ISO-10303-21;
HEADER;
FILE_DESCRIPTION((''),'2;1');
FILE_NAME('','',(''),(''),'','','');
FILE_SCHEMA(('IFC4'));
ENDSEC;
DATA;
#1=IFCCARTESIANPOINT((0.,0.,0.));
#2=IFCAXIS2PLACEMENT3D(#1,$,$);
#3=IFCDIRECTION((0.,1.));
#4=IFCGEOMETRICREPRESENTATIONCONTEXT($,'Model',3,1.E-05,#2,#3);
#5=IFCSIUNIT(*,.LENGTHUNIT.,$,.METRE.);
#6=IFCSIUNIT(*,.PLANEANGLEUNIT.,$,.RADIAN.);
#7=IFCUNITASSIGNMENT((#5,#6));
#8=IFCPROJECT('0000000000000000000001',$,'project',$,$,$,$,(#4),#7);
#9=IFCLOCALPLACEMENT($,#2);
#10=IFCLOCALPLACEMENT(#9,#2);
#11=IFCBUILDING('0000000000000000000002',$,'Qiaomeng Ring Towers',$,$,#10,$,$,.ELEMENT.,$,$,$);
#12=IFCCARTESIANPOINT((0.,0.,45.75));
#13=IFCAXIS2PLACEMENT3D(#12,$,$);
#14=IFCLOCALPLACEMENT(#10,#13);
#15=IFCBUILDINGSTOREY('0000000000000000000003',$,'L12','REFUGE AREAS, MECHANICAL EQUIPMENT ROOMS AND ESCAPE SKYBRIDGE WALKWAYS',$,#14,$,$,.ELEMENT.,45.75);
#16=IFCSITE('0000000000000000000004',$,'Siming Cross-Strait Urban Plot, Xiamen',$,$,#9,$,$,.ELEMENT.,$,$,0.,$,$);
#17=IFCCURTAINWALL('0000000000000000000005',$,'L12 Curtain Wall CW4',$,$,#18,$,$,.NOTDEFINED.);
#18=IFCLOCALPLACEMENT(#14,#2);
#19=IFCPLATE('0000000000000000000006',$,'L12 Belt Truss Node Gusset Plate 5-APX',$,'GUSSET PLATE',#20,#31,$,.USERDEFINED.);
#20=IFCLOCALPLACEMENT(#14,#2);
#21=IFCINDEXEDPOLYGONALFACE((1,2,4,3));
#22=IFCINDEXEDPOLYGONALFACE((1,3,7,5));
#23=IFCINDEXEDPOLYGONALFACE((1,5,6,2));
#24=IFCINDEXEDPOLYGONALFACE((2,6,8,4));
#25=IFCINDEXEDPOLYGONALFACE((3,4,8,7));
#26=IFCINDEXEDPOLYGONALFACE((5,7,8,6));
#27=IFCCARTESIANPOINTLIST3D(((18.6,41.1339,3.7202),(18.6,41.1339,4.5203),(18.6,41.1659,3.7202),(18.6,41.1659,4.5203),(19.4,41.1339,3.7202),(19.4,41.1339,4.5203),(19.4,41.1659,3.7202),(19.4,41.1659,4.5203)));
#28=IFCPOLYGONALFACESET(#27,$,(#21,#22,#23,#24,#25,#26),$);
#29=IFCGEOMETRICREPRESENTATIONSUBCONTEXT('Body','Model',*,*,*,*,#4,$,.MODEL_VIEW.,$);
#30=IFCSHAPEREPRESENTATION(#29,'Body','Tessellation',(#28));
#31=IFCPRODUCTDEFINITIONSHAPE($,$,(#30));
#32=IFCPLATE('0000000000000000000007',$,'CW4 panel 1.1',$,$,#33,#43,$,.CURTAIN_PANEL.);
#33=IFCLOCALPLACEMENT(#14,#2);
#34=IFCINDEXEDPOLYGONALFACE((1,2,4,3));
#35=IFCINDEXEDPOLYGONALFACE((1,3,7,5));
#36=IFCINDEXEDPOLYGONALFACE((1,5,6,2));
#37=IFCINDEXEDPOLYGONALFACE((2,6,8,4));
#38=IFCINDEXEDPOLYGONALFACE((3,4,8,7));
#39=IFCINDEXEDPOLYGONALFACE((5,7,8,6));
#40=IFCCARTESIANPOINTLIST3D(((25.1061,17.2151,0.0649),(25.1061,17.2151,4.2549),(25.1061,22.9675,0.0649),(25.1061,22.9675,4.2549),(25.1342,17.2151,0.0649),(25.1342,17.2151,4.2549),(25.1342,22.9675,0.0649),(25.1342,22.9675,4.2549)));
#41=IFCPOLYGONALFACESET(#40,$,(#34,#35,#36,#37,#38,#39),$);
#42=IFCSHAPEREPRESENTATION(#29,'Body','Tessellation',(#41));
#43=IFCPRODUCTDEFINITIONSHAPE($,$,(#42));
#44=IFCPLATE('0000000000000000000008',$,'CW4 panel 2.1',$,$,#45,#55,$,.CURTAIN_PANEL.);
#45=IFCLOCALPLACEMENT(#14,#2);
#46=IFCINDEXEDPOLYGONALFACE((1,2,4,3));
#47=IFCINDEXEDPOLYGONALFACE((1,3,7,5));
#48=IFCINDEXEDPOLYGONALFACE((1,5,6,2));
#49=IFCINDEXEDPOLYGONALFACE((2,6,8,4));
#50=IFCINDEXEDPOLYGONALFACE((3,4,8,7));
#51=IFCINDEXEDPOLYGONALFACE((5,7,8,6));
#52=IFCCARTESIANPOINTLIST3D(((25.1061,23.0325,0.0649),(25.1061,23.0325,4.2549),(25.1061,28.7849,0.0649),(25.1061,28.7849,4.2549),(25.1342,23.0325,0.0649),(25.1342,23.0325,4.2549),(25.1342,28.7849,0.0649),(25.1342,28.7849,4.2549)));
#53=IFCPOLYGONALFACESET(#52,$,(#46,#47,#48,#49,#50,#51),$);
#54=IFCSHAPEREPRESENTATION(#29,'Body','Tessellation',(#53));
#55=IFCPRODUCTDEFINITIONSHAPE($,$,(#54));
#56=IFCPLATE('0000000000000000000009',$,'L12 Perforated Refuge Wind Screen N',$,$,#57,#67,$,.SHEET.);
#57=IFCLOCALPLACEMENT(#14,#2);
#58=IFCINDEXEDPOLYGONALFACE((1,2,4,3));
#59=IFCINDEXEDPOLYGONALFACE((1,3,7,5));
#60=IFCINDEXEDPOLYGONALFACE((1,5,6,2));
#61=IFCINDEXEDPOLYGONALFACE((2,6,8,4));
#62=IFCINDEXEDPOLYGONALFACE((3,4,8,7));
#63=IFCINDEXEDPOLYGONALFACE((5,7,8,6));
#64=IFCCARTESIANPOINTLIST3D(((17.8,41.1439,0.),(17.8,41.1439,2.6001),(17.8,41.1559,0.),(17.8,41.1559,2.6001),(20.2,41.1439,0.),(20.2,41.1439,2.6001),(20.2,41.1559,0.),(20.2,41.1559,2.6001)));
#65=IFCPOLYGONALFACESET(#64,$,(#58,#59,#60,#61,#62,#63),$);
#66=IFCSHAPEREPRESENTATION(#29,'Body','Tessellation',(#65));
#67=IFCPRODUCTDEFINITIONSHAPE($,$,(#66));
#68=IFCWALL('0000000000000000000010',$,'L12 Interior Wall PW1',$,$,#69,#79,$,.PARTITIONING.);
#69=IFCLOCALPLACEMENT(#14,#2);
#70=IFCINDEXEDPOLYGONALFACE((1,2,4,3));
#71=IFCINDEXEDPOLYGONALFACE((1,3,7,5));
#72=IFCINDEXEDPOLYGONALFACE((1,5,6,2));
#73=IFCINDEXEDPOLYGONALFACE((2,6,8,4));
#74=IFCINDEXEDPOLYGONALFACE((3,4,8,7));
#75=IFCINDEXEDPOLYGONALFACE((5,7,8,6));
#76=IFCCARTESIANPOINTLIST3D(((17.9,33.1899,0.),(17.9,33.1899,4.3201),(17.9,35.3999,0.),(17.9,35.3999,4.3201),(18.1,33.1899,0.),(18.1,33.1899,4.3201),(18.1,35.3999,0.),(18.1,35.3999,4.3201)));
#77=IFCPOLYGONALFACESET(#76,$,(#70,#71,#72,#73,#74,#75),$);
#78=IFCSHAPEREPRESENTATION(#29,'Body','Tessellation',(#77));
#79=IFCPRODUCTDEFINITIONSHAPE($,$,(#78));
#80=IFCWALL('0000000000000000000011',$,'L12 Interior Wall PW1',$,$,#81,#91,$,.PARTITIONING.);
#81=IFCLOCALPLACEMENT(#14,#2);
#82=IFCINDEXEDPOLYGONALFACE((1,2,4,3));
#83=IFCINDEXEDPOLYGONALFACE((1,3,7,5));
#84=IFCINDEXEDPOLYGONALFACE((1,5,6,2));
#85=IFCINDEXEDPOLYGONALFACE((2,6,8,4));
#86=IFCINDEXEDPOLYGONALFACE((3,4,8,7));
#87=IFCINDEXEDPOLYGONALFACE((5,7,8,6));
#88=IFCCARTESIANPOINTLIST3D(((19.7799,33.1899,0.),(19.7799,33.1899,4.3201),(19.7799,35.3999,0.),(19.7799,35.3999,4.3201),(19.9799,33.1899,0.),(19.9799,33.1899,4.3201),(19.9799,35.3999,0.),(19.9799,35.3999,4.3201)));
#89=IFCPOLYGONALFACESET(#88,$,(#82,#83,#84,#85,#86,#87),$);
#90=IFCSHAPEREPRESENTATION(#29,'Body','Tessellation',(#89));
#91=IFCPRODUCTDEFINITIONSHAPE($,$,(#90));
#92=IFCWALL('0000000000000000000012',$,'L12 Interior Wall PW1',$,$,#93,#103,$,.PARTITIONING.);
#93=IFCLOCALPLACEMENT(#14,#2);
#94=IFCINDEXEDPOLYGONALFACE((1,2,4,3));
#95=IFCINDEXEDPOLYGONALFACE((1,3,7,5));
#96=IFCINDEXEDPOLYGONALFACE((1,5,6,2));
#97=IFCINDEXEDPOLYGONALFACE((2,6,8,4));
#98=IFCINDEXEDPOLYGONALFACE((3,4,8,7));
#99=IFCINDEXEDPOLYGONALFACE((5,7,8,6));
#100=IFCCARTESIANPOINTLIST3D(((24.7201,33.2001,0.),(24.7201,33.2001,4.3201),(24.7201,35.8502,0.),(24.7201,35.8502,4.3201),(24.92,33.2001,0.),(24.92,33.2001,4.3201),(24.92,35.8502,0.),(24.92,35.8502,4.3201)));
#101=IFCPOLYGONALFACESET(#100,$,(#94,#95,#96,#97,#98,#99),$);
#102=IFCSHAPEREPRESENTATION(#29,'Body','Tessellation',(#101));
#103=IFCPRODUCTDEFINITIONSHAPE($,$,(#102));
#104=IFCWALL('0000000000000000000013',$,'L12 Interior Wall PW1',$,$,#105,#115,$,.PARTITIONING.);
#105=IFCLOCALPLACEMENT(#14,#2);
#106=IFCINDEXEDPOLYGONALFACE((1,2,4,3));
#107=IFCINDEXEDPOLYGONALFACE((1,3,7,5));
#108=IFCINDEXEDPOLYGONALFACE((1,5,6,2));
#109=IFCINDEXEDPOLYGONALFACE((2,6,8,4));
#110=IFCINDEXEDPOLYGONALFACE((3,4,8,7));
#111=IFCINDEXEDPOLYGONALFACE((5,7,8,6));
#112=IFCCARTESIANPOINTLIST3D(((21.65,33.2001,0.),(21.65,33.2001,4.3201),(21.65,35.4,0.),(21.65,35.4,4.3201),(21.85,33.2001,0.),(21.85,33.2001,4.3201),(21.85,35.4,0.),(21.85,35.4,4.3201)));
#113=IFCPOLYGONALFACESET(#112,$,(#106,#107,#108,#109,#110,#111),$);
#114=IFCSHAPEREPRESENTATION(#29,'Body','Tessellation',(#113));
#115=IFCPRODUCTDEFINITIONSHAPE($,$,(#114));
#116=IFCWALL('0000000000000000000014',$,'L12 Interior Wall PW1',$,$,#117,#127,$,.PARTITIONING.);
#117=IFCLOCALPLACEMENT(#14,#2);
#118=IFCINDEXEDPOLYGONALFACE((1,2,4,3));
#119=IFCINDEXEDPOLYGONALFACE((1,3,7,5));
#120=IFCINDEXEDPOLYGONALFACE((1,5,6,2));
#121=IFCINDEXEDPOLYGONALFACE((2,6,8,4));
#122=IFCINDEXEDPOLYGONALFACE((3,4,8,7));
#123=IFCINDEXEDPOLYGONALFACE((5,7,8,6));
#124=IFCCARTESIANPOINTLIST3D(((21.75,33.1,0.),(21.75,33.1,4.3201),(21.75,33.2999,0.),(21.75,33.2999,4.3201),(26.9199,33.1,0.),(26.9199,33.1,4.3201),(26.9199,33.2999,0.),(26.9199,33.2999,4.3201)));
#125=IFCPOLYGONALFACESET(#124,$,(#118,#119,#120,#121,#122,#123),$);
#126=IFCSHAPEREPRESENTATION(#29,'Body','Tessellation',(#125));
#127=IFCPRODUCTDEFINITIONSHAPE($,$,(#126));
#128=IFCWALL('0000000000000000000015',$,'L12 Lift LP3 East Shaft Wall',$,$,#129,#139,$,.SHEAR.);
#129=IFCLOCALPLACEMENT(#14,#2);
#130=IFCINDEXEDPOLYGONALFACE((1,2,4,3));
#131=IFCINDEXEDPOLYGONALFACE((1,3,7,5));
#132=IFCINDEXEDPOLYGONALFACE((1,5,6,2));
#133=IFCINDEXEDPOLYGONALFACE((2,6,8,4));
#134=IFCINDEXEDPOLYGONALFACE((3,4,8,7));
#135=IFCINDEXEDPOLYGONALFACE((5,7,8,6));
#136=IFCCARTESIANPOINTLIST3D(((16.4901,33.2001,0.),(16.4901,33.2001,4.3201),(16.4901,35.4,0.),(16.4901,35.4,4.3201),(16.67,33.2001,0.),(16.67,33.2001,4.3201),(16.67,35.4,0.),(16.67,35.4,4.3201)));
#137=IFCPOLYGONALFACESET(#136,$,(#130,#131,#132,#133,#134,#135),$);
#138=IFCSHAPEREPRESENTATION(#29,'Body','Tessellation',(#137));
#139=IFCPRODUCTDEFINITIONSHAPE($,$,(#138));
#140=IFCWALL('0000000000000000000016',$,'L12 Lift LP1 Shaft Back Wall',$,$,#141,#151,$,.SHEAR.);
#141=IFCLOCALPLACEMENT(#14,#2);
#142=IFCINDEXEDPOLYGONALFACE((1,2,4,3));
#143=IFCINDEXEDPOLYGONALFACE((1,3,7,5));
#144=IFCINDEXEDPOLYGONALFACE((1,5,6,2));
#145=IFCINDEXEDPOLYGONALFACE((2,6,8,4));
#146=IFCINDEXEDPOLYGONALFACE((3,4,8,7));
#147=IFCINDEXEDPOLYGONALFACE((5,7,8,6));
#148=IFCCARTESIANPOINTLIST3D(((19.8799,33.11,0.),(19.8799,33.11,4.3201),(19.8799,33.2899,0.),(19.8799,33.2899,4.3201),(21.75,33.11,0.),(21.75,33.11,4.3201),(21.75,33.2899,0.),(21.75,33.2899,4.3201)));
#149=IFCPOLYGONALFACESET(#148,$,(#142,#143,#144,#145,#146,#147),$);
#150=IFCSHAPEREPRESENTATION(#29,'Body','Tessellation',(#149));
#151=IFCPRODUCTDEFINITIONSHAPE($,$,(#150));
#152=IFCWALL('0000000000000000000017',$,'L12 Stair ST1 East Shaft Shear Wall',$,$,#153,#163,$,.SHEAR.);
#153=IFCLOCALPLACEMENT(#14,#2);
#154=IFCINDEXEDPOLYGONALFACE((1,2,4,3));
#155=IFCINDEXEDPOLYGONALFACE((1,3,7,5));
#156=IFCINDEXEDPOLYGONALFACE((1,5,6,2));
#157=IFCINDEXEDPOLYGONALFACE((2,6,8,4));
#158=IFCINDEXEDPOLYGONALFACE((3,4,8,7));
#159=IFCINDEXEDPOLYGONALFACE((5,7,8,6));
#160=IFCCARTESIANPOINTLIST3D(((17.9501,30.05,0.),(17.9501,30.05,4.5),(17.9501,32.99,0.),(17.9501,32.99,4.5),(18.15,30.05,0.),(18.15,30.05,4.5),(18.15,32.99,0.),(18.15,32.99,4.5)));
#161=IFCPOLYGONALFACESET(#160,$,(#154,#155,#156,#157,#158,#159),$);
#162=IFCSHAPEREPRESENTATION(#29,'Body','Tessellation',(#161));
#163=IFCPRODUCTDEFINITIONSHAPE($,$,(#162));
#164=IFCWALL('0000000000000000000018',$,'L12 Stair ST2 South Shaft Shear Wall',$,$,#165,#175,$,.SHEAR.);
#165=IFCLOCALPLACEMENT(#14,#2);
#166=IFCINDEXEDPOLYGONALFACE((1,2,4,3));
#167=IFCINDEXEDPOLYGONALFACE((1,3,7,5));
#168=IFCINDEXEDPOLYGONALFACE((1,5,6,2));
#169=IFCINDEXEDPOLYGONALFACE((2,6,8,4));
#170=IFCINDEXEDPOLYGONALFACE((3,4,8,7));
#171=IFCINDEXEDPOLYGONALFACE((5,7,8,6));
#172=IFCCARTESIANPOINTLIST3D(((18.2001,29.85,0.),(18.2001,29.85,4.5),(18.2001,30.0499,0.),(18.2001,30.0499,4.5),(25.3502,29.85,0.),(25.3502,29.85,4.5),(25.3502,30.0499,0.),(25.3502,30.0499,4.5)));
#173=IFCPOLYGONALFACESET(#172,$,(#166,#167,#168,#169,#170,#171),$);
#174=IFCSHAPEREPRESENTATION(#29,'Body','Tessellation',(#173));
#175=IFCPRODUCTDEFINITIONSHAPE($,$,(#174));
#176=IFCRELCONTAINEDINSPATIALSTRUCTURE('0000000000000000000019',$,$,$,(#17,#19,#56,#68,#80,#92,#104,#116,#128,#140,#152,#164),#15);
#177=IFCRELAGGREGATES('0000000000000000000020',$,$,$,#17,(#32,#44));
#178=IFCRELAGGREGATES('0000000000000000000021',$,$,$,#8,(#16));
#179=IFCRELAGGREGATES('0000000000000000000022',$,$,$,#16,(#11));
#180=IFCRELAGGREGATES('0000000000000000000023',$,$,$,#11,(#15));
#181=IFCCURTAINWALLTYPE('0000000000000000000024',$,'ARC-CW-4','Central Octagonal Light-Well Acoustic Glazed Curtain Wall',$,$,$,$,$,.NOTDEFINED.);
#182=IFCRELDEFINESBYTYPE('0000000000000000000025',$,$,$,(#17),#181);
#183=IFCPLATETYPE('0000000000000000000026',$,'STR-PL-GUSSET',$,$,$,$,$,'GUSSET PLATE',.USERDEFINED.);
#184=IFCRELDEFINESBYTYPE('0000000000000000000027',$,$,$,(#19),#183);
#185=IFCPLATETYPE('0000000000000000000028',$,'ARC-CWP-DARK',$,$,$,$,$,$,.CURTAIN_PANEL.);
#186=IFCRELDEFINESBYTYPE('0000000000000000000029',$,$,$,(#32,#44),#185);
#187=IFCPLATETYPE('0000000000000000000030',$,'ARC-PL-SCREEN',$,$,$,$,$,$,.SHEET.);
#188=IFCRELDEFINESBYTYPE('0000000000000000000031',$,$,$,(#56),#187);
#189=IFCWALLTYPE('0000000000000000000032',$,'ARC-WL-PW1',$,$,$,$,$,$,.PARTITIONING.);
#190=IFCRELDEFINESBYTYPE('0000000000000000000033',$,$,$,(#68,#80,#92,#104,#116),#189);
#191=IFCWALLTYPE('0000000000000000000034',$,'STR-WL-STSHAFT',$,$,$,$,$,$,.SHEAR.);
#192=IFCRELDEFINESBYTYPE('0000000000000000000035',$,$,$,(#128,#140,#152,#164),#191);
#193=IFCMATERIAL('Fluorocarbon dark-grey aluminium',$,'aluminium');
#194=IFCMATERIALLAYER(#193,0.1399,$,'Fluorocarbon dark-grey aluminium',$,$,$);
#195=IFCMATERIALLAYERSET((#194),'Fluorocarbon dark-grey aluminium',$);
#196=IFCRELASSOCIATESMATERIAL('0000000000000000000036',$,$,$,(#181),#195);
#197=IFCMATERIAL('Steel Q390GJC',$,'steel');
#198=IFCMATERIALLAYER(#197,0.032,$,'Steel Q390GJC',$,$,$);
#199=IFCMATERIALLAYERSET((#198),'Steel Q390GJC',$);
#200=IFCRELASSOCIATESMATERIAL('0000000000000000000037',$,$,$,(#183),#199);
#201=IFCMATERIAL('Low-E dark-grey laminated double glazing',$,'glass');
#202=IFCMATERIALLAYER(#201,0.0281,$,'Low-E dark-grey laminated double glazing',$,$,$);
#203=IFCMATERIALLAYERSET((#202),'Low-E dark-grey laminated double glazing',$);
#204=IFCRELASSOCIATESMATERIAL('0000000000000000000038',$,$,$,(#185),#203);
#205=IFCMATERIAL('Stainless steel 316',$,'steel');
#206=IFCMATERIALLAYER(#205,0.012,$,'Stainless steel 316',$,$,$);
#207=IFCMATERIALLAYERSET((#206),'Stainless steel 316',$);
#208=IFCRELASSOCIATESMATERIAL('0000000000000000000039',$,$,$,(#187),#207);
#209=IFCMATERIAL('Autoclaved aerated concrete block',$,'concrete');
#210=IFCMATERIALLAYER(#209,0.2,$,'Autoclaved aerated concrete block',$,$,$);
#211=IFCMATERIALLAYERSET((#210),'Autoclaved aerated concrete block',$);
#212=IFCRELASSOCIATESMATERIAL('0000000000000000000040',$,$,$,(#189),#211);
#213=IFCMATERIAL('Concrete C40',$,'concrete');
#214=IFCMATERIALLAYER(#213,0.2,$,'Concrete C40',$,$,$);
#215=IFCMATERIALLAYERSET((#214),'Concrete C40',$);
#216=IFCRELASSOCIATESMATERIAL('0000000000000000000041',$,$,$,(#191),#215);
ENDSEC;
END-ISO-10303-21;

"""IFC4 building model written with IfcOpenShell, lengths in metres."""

from ifc_helpers import new_model, si_unit, direction, frame, frame_2d, origin, origin_2d, place, context, subcontext, project, spatial, rectangle, extrude, source, transform, mapped, material, layer, layer_set, type_object, element, aggregate, save


model = new_model("IFC4")

# Units and contexts
model_context = context("Model", 3, precision=1e-05, world=origin(), true_north=direction((0.0, 1.0)))
body_context = subcontext(model_context, "Body", "Model", "MODEL_VIEW")
ifc_project = project(units=[si_unit("LENGTHUNIT", "METRE"), si_unit("PLANEANGLEUNIT", "RADIAN")], contexts=[model_context])

# Site, building, storey
site_placement = place(None, origin())
site = spatial("IfcSite", under=ifc_project, at=site_placement, Name="Siming Cross-Strait Urban Plot, Xiamen", CompositionType="ELEMENT", RefElevation=0.0)
building_placement = place(site_placement, origin())
building = spatial("IfcBuilding", under=site, at=building_placement, Name="Qiaomeng Ring Towers", CompositionType="ELEMENT")
storey_placement = place(building_placement, frame((0.0, 0.0, 45.75)))
storey = spatial("IfcBuildingStorey", under=building, at=storey_placement, Name="L12", Description="REFUGE AREAS, MECHANICAL EQUIPMENT ROOMS AND ESCAPE SKYBRIDGE WALKWAYS", CompositionType="ELEMENT", Elevation=45.75)

# Shared definitions
ifc_material_1 = material(Name="Steel Q390GJC", Category="steel")

# Curtain wall
ifc_material_2 = material(Name="Fluorocarbon dark-grey aluminium", Category="aluminium")
ifc_layer_1 = layer(ifc_material_2, 0.1399, Name="Fluorocarbon dark-grey aluminium")
ifc_layer_set_1 = layer_set([ifc_layer_1], Name="Fluorocarbon dark-grey aluminium")
curtain_wall_type = type_object("IfcCurtainWallType", Name="ARC-CW-4", Description="Central Octagonal Light-Well Acoustic Glazed Curtain Wall", PredefinedType="NOTDEFINED", material=ifc_layer_set_1)
curtain_wall_placement = place(storey_placement, origin())
curtain_wall = element("IfcCurtainWall", 1, at=curtain_wall_placement, inside=storey, type_object=curtain_wall_type, Name="L12 Curtain Wall CW4", PredefinedType="NOTDEFINED")

# Plates
ifc_layer_2 = layer(ifc_material_1, 0.032, Name="Steel Q390GJC")
ifc_layer_set_2 = layer_set([ifc_layer_2], Name="Steel Q390GJC")
plate_type_1 = type_object("IfcPlateType", Name="STR-PL-GUSSET", ElementType="GUSSET PLATE", PredefinedType="USERDEFINED", material=ifc_layer_set_2)
shared_shape_1 = source(origin(), body_context, "Body", "SweptSolid", [
    extrude(rectangle(XDim=0.8, YDim=0.032, at=origin_2d()), origin(), (0.0, 0.0, 1.0), 0.8),
])
plate_1_placement = place(storey_placement, frame((19.0, 41.1499, 3.7202), z_axis=(0.0, 0.0, 1.0), x_axis=(-1.0, 0.0, 0.0)))
element("IfcPlate", 2, at=plate_1_placement, inside=storey, type_object=plate_type_1, Name="L12 Belt Truss Node Gusset Plate 5-APX", ObjectType="GUSSET PLATE", PredefinedType="USERDEFINED", context=body_context, shape_type="MappedRepresentation", body=[
    mapped(shared_shape_1, transform((0.0, 0.0, 0.0), x_axis=(1.0, 0.0, 0.0), y_axis=(0.0, 1.0, 0.0), z_axis=(0.0, 0.0, 1.0), scale=1.0)),
])
ifc_material_3 = material(Name="Low-E dark-grey laminated double glazing", Category="glass")
ifc_layer_3 = layer(ifc_material_3, 0.0281, Name="Low-E dark-grey laminated double glazing")
ifc_layer_set_3 = layer_set([ifc_layer_3], Name="Low-E dark-grey laminated double glazing")
plate_type_2 = type_object("IfcPlateType", Name="ARC-CWP-DARK", PredefinedType="CURTAIN_PANEL", material=ifc_layer_set_3)
shared_shape_2 = source(origin(), body_context, "Body", "SweptSolid", [
    extrude(rectangle(XDim=5.7524, YDim=0.0281, at=origin_2d()), origin(), (0.0, 0.0, 1.0), 4.1899),
])
plate_2_placement = place(storey_placement, frame((25.1201, 20.0913, 0.0649), z_axis=(0.0, 0.0, 1.0), x_axis=(0.0, 1.0, 0.0)))
plate_2 = element("IfcPlate", 3, at=plate_2_placement, type_object=plate_type_2, Name="CW4 panel 1.1", PredefinedType="CURTAIN_PANEL", context=body_context, shape_type="MappedRepresentation", body=[
    mapped(shared_shape_2, transform((0.0, 0.0, 0.0), x_axis=(1.0, 0.0, 0.0), y_axis=(0.0, 1.0, 0.0), z_axis=(0.0, 0.0, 1.0), scale=1.0)),
])
plate_3_placement = place(storey_placement, frame((25.1201, 25.9087, 0.0649), z_axis=(0.0, 0.0, 1.0), x_axis=(0.0, 1.0, 0.0)))
plate_3 = element("IfcPlate", 4, at=plate_3_placement, type_object=plate_type_2, Name="CW4 panel 2.1", PredefinedType="CURTAIN_PANEL", context=body_context, shape_type="MappedRepresentation", body=[
    mapped(shared_shape_2, transform((0.0, 0.0, 0.0), x_axis=(1.0, 0.0, 0.0), y_axis=(0.0, 1.0, 0.0), z_axis=(0.0, 0.0, 1.0), scale=1.0)),
])
aggregate(curtain_wall, [plate_2, plate_3])
ifc_material_4 = material(Name="Stainless steel 316", Category="steel")
ifc_layer_4 = layer(ifc_material_4, 0.012, Name="Stainless steel 316")
ifc_layer_set_4 = layer_set([ifc_layer_4], Name="Stainless steel 316")
plate_type_3 = type_object("IfcPlateType", Name="ARC-PL-SCREEN", PredefinedType="SHEET", material=ifc_layer_set_4)
shared_shape_3 = source(origin(), body_context, "Body", "SweptSolid", [
    extrude(rectangle(XDim=2.3999, YDim=0.012, at=origin_2d()), origin(), (0.0, 0.0, 1.0), 2.6001),
])
plate_4_placement = place(storey_placement, frame((19.0, 41.1499, 0.0), z_axis=(0.0, 0.0, 1.0), x_axis=(-1.0, 0.0, 0.0)))
element("IfcPlate", 5, at=plate_4_placement, inside=storey, type_object=plate_type_3, Name="L12 Perforated Refuge Wind Screen N", PredefinedType="SHEET", context=body_context, shape_type="MappedRepresentation", body=[
    mapped(shared_shape_3, transform((0.0, 0.0, 0.0), x_axis=(1.0, 0.0, 0.0), y_axis=(0.0, 1.0, 0.0), z_axis=(0.0, 0.0, 1.0), scale=1.0)),
])

# Walls
ifc_material_5 = material(Name="Autoclaved aerated concrete block", Category="concrete")
ifc_layer_5 = layer(ifc_material_5, 0.2, Name="Autoclaved aerated concrete block")
ifc_layer_set_5 = layer_set([ifc_layer_5], Name="Autoclaved aerated concrete block")
wall_type_1 = type_object("IfcWallType", Name="ARC-WL-PW1", PredefinedType="PARTITIONING", material=ifc_layer_set_5)
for number, where, z_axis, x_axis, name in (
    (6, (18.0, 33.1899, 0.0), (0.0, 0.0, 1.0), (0.0, 1.0, 0.0), "L12 Interior Wall PW1"),
    (7, (19.8799, 33.1899, 0.0), (0.0, 0.0, 1.0), (0.0, 1.0, 0.0), "L12 Interior Wall PW1"),
):
    element("IfcWall", number, at=place(storey_placement, frame(where, z_axis=z_axis, x_axis=x_axis)), inside=storey, type_object=wall_type_1, Name=name, PredefinedType="PARTITIONING", context=body_context, shape_type="SweptSolid", body=[
        extrude(rectangle(XDim=2.21, YDim=0.2, at=frame_2d((1.105, 0.0))), origin(), (0.0, 0.0, 1.0), 4.3201),
    ])
wall_1_placement = place(storey_placement, frame((24.8201, 33.2, 0.0), z_axis=(0.0, 0.0, 1.0), x_axis=(0.0, 1.0, 0.0)))
element("IfcWall", 8, at=wall_1_placement, inside=storey, type_object=wall_type_1, Name="L12 Interior Wall PW1", PredefinedType="PARTITIONING", context=body_context, shape_type="SweptSolid", body=[
    extrude(rectangle(XDim=2.6501, YDim=0.2, at=frame_2d((1.3252, 0.0))), origin(), (0.0, 0.0, 1.0), 4.3201),
])
wall_2_placement = place(storey_placement, frame((21.75, 33.2, 0.0), z_axis=(0.0, 0.0, 1.0), x_axis=(0.0, 1.0, 0.0)))
element("IfcWall", 9, at=wall_2_placement, inside=storey, type_object=wall_type_1, Name="L12 Interior Wall PW1", PredefinedType="PARTITIONING", context=body_context, shape_type="SweptSolid", body=[
    extrude(rectangle(XDim=2.2, YDim=0.2, at=frame_2d((1.1001, 0.0))), origin(), (0.0, 0.0, 1.0), 4.3201),
])
wall_3_placement = place(storey_placement, frame((21.75, 33.2, 0.0), z_axis=(0.0, 0.0, 1.0), x_axis=(1.0, 0.0, 0.0)))
element("IfcWall", 10, at=wall_3_placement, inside=storey, type_object=wall_type_1, Name="L12 Interior Wall PW1", PredefinedType="PARTITIONING", context=body_context, shape_type="SweptSolid", body=[
    extrude(rectangle(XDim=5.1699, YDim=0.2, at=frame_2d((2.585, 0.0))), origin(), (0.0, 0.0, 1.0), 4.3201),
])
ifc_material_6 = material(Name="Concrete C40", Category="concrete")
ifc_layer_6 = layer(ifc_material_6, 0.2, Name="Concrete C40")
ifc_layer_set_6 = layer_set([ifc_layer_6], Name="Concrete C40")
wall_type_2 = type_object("IfcWallType", Name="STR-WL-STSHAFT", PredefinedType="SHEAR", material=ifc_layer_set_6)
wall_4_placement = place(storey_placement, frame((16.5801, 33.2, 0.0), z_axis=(0.0, 0.0, 1.0), x_axis=(0.0, 1.0, 0.0)))
element("IfcWall", 11, at=wall_4_placement, inside=storey, type_object=wall_type_2, Name="L12 Lift LP3 East Shaft Wall", PredefinedType="SHEAR", context=body_context, shape_type="SweptSolid", body=[
    extrude(rectangle(XDim=2.2, YDim=0.1799, at=frame_2d((1.1001, 0.0))), origin(), (0.0, 0.0, 1.0), 4.3201),
])
wall_5_placement = place(storey_placement, frame((19.8799, 33.2, 0.0), z_axis=(0.0, 0.0, 1.0), x_axis=(1.0, 0.0, 0.0)))
element("IfcWall", 12, at=wall_5_placement, inside=storey, type_object=wall_type_2, Name="L12 Lift LP1 Shaft Back Wall", PredefinedType="SHEAR", context=body_context, shape_type="SweptSolid", body=[
    extrude(rectangle(XDim=1.8701, YDim=0.1799, at=frame_2d((0.9351, 0.0))), origin(), (0.0, 0.0, 1.0), 4.3201),
])
wall_6_placement = place(storey_placement, frame((18.05, 30.05, 0.0), z_axis=(0.0, 0.0, 1.0), x_axis=(0.0, 1.0, 0.0)))
element("IfcWall", 13, at=wall_6_placement, inside=storey, type_object=wall_type_2, Name="L12 Stair ST1 East Shaft Shear Wall", PredefinedType="SHEAR", context=body_context, shape_type="SweptSolid", body=[
    extrude(rectangle(XDim=2.9399, YDim=0.2, at=frame_2d((1.47, 0.0))), origin(), (0.0, 0.0, 1.0), 4.5),
])
wall_7_placement = place(storey_placement, frame((18.2, 29.95, 0.0), z_axis=(0.0, 0.0, 1.0), x_axis=(1.0, 0.0, 0.0)))
element("IfcWall", 14, at=wall_7_placement, inside=storey, type_object=wall_type_2, Name="L12 Stair ST2 South Shaft Shear Wall", PredefinedType="SHEAR", context=body_context, shape_type="SweptSolid", body=[
    extrude(rectangle(XDim=7.1501, YDim=0.2, at=frame_2d((3.5752, 0.0))), origin(), (0.0, 0.0, 1.0), 4.5),
])

save(model, "model.ifc")
